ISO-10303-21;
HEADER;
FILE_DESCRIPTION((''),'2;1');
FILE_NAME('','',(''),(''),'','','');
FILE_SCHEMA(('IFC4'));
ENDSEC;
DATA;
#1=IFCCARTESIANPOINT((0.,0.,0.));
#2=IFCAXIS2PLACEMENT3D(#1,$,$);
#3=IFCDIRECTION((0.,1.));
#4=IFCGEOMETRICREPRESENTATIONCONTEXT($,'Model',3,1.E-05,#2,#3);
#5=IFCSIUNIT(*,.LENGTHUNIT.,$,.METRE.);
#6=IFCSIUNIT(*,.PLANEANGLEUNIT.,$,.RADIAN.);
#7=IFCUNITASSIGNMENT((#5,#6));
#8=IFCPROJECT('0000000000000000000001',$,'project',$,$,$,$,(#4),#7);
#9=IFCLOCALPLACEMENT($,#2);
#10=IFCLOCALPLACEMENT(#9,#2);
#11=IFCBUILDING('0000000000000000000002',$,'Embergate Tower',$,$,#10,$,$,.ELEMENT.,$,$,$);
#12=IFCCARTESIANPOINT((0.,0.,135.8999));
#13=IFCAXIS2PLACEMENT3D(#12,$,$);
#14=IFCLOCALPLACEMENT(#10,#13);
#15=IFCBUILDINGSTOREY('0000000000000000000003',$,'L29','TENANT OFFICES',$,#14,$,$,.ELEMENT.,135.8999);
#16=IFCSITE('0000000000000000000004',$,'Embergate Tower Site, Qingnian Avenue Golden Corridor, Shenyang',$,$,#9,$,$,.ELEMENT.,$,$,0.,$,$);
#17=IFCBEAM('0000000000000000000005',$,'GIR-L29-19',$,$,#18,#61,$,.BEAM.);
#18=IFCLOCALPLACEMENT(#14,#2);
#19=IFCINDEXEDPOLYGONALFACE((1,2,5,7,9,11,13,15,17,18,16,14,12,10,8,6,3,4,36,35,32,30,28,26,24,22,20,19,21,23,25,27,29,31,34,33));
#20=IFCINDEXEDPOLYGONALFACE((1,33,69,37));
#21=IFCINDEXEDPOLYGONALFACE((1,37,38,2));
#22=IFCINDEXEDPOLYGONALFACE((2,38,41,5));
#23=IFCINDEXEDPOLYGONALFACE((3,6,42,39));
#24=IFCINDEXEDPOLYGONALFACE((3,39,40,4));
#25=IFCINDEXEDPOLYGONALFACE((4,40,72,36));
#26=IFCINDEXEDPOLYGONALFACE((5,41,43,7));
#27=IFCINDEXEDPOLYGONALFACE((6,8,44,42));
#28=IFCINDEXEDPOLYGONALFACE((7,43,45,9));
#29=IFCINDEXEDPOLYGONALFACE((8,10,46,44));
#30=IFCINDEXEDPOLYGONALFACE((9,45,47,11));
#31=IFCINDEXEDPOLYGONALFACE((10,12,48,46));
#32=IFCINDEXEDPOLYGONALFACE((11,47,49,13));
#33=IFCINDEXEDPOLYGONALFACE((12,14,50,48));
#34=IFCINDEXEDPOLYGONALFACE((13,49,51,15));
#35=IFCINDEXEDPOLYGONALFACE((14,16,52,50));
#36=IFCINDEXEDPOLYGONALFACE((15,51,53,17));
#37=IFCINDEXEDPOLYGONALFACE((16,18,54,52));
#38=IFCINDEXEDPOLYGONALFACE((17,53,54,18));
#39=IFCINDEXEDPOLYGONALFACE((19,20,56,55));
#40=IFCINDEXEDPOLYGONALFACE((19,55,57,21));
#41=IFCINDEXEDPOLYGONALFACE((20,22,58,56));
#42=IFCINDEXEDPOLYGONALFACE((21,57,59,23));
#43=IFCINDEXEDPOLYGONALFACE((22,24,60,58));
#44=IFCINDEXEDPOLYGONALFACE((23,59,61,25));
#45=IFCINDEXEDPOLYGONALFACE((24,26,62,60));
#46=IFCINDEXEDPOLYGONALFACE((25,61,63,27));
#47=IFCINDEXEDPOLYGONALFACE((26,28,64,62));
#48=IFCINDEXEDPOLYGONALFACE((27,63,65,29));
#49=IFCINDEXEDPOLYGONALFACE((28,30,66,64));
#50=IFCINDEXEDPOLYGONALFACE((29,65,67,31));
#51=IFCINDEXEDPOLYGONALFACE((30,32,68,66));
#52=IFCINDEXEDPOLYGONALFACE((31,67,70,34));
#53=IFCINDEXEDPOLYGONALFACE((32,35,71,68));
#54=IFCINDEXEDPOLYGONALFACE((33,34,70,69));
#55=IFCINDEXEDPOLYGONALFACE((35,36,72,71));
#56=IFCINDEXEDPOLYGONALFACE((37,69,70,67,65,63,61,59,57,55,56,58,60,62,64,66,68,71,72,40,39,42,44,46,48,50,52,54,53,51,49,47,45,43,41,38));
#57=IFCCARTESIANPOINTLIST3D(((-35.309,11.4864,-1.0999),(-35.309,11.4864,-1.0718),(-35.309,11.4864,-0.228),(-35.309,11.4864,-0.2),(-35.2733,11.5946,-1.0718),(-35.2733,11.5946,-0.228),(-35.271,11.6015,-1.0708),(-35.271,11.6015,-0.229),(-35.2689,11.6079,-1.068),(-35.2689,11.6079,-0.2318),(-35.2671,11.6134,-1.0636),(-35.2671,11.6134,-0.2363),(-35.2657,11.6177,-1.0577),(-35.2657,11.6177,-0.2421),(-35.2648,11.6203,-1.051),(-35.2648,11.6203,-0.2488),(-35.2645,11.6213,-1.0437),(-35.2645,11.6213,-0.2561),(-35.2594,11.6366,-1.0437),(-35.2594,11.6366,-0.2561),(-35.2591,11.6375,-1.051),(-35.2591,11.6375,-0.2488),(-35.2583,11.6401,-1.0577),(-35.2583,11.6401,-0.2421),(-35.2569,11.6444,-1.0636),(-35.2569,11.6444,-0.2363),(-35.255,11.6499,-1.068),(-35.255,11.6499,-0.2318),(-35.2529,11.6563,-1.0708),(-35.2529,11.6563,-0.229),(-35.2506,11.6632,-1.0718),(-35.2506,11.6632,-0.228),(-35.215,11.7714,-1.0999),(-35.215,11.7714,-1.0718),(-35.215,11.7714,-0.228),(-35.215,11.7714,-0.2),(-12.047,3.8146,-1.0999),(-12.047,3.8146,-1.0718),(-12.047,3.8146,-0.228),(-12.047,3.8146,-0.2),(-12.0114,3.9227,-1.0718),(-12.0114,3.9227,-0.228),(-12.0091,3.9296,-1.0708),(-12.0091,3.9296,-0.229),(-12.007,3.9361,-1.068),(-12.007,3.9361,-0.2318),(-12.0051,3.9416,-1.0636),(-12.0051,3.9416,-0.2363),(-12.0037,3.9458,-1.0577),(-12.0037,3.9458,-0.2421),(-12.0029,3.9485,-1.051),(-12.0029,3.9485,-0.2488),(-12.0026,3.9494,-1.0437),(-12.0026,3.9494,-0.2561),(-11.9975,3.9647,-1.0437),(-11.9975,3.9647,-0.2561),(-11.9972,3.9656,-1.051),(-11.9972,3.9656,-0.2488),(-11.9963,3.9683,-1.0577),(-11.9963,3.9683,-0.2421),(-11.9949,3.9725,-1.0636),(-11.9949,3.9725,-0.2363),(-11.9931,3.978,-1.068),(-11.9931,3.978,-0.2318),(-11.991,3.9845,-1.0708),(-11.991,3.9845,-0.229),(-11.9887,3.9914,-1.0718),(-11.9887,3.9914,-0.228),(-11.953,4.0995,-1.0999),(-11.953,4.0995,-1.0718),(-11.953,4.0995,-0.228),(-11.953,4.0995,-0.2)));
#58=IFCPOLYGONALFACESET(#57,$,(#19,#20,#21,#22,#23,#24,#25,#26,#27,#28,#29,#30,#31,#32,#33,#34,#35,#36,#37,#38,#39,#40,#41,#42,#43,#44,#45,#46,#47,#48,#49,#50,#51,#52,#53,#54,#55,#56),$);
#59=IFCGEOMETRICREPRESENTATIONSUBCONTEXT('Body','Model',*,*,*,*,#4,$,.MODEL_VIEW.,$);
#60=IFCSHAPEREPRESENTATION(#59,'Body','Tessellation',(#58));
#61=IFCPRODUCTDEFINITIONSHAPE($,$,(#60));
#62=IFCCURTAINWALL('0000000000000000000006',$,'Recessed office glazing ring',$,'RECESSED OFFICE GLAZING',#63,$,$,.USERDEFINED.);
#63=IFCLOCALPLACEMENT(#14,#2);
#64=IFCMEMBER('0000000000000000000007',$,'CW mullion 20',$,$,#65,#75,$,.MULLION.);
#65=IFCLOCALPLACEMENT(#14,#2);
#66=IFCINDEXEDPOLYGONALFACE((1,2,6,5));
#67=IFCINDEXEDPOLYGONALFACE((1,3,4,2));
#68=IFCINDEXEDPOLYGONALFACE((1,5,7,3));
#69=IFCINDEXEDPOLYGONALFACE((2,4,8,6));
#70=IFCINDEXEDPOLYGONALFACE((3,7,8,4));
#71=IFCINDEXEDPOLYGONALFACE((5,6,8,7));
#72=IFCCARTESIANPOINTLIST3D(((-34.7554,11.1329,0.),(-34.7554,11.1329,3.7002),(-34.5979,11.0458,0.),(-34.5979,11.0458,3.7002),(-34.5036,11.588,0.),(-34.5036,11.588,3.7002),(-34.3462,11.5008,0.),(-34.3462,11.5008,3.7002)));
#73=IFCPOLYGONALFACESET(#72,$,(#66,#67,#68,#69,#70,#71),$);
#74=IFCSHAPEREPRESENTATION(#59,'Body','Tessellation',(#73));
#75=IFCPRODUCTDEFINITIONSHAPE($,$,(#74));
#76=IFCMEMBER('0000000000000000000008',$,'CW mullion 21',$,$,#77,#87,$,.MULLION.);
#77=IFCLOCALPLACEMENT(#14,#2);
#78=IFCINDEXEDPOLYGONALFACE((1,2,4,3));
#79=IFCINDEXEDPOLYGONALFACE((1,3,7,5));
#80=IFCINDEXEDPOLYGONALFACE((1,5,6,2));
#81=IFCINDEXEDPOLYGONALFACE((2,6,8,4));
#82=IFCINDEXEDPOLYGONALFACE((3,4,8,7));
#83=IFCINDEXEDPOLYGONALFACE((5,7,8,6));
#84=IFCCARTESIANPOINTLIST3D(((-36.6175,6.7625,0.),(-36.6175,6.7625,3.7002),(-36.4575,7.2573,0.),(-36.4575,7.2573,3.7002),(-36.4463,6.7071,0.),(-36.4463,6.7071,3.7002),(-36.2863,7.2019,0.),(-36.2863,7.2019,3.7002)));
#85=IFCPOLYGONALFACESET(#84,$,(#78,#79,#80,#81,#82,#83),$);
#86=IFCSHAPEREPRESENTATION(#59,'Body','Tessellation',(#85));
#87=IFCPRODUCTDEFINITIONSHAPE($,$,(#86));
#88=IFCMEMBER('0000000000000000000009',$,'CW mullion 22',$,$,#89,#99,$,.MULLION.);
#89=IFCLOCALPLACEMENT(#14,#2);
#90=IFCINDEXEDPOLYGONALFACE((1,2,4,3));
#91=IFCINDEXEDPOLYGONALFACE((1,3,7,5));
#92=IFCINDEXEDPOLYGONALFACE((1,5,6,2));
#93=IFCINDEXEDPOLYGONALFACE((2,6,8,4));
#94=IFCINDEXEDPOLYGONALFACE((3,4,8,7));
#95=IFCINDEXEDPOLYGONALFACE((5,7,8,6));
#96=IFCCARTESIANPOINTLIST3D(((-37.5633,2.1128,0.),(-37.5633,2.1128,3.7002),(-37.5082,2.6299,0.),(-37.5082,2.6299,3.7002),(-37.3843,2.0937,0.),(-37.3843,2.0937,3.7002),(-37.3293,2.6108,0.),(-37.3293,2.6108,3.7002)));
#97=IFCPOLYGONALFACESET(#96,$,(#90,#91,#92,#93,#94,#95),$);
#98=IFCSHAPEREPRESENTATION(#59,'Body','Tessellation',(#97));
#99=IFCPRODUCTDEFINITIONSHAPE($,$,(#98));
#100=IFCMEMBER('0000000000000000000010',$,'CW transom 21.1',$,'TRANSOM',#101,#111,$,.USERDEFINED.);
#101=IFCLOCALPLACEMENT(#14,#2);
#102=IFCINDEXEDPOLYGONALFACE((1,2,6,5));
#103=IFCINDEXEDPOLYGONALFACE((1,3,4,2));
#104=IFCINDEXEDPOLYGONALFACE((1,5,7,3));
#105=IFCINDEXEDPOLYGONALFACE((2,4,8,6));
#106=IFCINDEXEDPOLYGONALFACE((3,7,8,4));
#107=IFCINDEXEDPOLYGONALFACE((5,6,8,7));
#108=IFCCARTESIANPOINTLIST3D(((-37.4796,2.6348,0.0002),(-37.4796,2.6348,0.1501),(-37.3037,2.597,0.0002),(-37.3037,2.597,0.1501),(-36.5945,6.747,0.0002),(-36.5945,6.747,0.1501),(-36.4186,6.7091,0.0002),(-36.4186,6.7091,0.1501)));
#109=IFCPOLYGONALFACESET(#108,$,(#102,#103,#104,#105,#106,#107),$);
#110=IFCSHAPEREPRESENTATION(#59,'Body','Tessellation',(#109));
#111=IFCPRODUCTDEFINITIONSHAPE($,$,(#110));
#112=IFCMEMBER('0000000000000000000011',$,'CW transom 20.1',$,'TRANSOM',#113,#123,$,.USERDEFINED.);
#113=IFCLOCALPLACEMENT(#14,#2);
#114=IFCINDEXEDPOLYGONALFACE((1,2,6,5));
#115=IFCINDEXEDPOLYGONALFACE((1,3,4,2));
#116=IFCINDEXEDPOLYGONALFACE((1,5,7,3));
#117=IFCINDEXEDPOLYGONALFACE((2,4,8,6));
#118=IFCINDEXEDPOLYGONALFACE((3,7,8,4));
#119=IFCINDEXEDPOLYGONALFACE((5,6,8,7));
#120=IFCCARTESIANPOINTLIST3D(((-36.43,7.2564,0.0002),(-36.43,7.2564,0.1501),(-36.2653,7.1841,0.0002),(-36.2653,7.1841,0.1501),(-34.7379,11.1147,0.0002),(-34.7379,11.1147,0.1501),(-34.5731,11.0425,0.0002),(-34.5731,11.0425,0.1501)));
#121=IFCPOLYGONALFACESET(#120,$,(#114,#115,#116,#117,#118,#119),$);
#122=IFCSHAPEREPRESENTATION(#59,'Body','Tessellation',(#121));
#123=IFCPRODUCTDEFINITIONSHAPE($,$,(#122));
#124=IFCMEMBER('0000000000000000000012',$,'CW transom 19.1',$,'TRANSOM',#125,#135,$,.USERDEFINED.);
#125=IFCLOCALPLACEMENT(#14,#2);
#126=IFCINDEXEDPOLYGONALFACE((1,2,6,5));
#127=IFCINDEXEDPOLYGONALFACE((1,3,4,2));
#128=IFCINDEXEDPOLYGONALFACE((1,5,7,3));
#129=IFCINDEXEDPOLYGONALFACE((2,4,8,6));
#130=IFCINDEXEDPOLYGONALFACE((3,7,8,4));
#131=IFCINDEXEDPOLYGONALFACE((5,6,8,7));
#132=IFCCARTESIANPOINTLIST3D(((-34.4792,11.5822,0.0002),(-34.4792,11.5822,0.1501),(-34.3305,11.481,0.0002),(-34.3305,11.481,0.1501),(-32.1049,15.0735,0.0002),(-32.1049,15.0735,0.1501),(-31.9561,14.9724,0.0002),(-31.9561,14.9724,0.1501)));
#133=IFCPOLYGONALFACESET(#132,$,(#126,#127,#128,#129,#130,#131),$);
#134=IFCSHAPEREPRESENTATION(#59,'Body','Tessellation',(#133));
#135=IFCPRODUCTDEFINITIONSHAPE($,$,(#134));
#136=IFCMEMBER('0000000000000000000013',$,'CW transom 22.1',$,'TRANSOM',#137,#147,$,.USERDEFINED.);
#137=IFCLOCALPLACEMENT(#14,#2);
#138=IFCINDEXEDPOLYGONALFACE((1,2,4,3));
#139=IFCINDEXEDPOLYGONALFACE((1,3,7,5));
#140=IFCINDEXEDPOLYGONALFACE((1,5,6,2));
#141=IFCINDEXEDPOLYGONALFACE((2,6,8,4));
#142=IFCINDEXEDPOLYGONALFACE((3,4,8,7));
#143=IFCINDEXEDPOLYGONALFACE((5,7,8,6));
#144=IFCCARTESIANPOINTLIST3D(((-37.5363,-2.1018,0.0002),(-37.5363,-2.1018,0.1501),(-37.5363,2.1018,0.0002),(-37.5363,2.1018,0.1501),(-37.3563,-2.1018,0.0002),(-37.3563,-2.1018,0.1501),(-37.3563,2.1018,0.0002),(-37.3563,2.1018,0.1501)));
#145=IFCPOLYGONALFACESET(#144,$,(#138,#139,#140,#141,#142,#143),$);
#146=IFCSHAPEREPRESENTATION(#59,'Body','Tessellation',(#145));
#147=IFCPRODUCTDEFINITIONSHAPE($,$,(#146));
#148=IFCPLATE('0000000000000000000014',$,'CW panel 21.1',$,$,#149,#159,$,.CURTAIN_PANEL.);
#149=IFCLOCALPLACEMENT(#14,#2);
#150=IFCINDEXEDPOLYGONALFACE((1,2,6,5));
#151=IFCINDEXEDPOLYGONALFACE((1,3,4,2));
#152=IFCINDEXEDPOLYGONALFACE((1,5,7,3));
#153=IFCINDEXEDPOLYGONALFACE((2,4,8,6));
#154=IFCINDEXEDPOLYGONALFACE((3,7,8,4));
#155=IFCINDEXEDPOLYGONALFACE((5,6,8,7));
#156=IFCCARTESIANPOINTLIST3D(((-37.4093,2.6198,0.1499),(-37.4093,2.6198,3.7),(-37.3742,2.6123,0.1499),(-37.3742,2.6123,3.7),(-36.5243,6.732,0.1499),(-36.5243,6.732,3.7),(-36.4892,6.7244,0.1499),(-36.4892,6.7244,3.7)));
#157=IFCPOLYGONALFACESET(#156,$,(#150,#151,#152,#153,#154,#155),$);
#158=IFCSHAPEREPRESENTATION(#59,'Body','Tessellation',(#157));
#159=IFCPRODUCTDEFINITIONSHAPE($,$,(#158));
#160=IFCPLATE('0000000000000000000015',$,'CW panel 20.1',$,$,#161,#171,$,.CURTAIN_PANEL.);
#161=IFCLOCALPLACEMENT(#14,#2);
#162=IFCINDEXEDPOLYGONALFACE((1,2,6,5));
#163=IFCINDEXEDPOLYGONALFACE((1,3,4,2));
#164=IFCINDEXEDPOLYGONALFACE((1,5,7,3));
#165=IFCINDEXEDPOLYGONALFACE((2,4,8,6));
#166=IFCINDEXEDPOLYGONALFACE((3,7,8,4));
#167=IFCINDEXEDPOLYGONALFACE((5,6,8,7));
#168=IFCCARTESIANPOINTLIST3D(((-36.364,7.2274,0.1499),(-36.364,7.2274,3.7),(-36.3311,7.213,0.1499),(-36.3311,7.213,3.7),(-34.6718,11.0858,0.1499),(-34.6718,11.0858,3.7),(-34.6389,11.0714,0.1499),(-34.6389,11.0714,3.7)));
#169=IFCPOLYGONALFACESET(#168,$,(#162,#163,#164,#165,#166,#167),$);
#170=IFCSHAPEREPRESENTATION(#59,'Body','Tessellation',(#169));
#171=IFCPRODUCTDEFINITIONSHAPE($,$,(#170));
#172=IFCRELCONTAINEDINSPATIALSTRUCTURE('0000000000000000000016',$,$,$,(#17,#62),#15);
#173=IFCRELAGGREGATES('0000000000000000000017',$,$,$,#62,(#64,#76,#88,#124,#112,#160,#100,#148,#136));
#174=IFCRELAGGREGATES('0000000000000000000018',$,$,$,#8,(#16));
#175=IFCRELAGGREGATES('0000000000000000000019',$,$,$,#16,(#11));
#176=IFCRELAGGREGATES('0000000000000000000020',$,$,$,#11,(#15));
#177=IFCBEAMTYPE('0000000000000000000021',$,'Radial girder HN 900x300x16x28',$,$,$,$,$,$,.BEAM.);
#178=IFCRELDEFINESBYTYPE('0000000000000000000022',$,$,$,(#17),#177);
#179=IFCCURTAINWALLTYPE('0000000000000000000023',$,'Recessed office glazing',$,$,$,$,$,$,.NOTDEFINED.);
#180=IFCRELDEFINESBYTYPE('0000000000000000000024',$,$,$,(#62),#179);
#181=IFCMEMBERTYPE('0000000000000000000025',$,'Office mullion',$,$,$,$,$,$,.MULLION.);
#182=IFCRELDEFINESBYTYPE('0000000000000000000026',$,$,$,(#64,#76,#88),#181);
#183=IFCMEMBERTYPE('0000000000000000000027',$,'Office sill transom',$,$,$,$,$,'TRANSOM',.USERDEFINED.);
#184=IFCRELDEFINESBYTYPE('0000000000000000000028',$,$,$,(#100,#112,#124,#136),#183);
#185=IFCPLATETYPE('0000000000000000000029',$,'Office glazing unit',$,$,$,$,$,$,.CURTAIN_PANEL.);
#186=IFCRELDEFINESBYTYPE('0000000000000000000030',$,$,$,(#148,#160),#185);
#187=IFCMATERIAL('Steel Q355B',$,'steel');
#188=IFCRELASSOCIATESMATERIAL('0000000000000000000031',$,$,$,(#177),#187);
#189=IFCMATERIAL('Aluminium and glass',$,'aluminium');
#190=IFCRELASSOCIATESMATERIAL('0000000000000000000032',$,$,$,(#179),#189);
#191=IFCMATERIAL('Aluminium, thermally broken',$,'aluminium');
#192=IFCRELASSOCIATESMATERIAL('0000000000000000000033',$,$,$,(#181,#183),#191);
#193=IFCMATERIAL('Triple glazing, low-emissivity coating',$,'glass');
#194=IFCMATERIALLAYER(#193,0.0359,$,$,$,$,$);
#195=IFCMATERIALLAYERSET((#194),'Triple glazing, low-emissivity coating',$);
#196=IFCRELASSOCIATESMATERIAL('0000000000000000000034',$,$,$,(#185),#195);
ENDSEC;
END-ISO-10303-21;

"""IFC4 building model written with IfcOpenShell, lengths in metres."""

from ifc_helpers import new_model, si_unit, direction, frame, origin, origin_2d, place, context, subcontext, project, spatial, rectangle, i_section, extrude, source, transform, mapped, material, layer, layer_set, material_profile, profile_set, type_object, element, aggregate, save


model = new_model("IFC4")

# Units and contexts
model_context = context("Model", 3, precision=1e-05, world=origin(), true_north=direction((0.0, 1.0)))
body_context = subcontext(model_context, "Body", "Model", "MODEL_VIEW")
ifc_project = project(units=[si_unit("LENGTHUNIT", "METRE"), si_unit("PLANEANGLEUNIT", "RADIAN")], contexts=[model_context])

# Site, building, storey
site_placement = place(None, origin())
site = spatial("IfcSite", under=ifc_project, at=site_placement, Name="Embergate Tower Site, Qingnian Avenue Golden Corridor, Shenyang", CompositionType="ELEMENT", RefElevation=0.0)
building_placement = place(site_placement, origin())
building = spatial("IfcBuilding", under=site, at=building_placement, Name="Embergate Tower", CompositionType="ELEMENT")
storey_placement = place(building_placement, frame((0.0, 0.0, 135.8999)))
storey = spatial("IfcBuildingStorey", under=building, at=storey_placement, Name="L29", Description="TENANT OFFICES", CompositionType="ELEMENT", Elevation=135.8999)

# Beam
ifc_material_1 = material(Name="Steel Q355B", Category="steel")
ifc_material_profile_1 = material_profile(ifc_material_1, i_section(OverallWidth=0.3, OverallDepth=0.8999, WebThickness=0.0161, FlangeThickness=0.0281, FilletRadius=0.0281, at=origin_2d()), Name="HN 900x300x16x28")
ifc_profile_set_1 = profile_set([ifc_material_profile_1], Name="Steel Q355 grade B")
beam_type_1 = type_object("IfcBeamType", Name="Radial girder HN 900x300x16x28", PredefinedType="BEAM", material=ifc_profile_set_1)
shared_shape_1 = source(origin(), body_context, "Body", "SweptSolid", [
    extrude(i_section(OverallWidth=0.3, OverallDepth=0.8999, WebThickness=0.0161, FlangeThickness=0.0281, FilletRadius=0.0281, at=origin_2d()), origin(), (0.0, 0.0, 1.0), 24.4944),
])
beam_1_placement = place(storey_placement, frame((-35.262, 11.6289, -0.6499), z_axis=(0.949684, -0.313209, 0.0), x_axis=(0.313209, 0.949684, 0.0)))
element("IfcBeam", 1, at=beam_1_placement, inside=storey, type_object=beam_type_1, Name="GIR-L29-19", PredefinedType="BEAM", context=body_context, shape_type="MappedRepresentation", body=[
    mapped(shared_shape_1, transform((0.0, 0.0, 0.0))),
])

# Curtain wall, members, plates
ifc_material_2 = material(Name="Aluminium and glass", Category="aluminium")
curtain_wall_type = type_object("IfcCurtainWallType", Name="Recessed office glazing", PredefinedType="NOTDEFINED", material=ifc_material_2)
curtain_wall_placement = place(storey_placement, origin())
curtain_wall = element("IfcCurtainWall", 2, at=curtain_wall_placement, inside=storey, type_object=curtain_wall_type, Name="Recessed office glazing ring", ObjectType="RECESSED OFFICE GLAZING", PredefinedType="USERDEFINED")
ifc_material_3 = material(Name="Aluminium, thermally broken", Category="aluminium")
ifc_material_profile_2 = material_profile(ifc_material_3, rectangle(XDim=0.1799, YDim=0.52, at=origin_2d()), Name="AL 520x180")
ifc_profile_set_2 = profile_set([ifc_material_profile_2], Name="Aluminium, thermally broken")
member_type_1 = type_object("IfcMemberType", Name="Office mullion", PredefinedType="MULLION", material=ifc_profile_set_2)
shared_shape_2 = source(origin(), body_context, "Body", "SweptSolid", [
    extrude(rectangle(XDim=0.1799, YDim=0.52, at=origin_2d()), origin(), (0.0, 0.0, 1.0), 3.7002),
])
member_1_placement = place(storey_placement, frame((-34.5508, 11.3169, 0.0), z_axis=(0.0, 0.0, 1.0), x_axis=(0.875002, -0.484119, 0.0)))
member_1 = element("IfcMember", 3, at=member_1_placement, type_object=member_type_1, Name="CW mullion 20", PredefinedType="MULLION", context=body_context, shape_type="MappedRepresentation", body=[
    mapped(shared_shape_2, transform((0.0, 0.0, 0.0))),
])
member_2_placement = place(storey_placement, frame((-36.4519, 6.9822, 0.0), z_axis=(0.0, 0.0, 1.0), x_axis=(0.951498, -0.307656, 0.0)))
member_2 = element("IfcMember", 4, at=member_2_placement, type_object=member_type_1, Name="CW mullion 21", PredefinedType="MULLION", context=body_context, shape_type="MappedRepresentation", body=[
    mapped(shared_shape_2, transform((0.0, 0.0, 0.0))),
])
member_3_placement = place(storey_placement, frame((-37.4463, 2.3618, 0.0), z_axis=(0.0, 0.0, 1.0), x_axis=(0.994385, -0.105823, 0.0)))
member_3 = element("IfcMember", 5, at=member_3_placement, type_object=member_type_1, Name="CW mullion 22", PredefinedType="MULLION", context=body_context, shape_type="MappedRepresentation", body=[
    mapped(shared_shape_2, transform((0.0, 0.0, 0.0))),
])
ifc_material_profile_3 = material_profile(ifc_material_3, rectangle(XDim=0.1799, YDim=0.1499, at=origin_2d()), Name="AL 150x180")
ifc_profile_set_3 = profile_set([ifc_material_profile_3], Name="Aluminium, thermally broken")
member_type_2 = type_object("IfcMemberType", Name="Office sill transom", ElementType="TRANSOM", PredefinedType="USERDEFINED", material=ifc_profile_set_3)
shared_shape_3 = source(origin(), body_context, "Body", "SweptSolid", [
    extrude(rectangle(XDim=0.1799, YDim=0.1499, at=origin_2d()), origin(), (0.0, 0.0, 1.0), 4.2063),
])
member_4_placement = place(storey_placement, frame((-36.5066, 6.728, 0.0752), z_axis=(-0.210405, -0.977614, 0.0), x_axis=(0.977614, -0.210405, 0.0)))
member_4 = element("IfcMember", 6, at=member_4_placement, type_object=member_type_2, Name="CW transom 21.1", ObjectType="TRANSOM", PredefinedType="USERDEFINED", context=body_context, shape_type="MappedRepresentation", body=[
    mapped(shared_shape_3, transform((0.0, 0.0, 0.0))),
])
shared_shape_4 = source(origin(), body_context, "Body", "SweptSolid", [
    extrude(rectangle(XDim=0.1799, YDim=0.1499, at=origin_2d()), origin(), (0.0, 0.0, 1.0), 4.2131),
])
member_5_placement = place(storey_placement, frame((-34.6555, 11.0786, 0.0752), z_axis=(-0.401633, -0.915801, 0.0), x_axis=(0.915801, -0.401633, 0.0)))
member_5 = element("IfcMember", 7, at=member_5_placement, type_object=member_type_2, Name="CW transom 20.1", ObjectType="TRANSOM", PredefinedType="USERDEFINED", context=body_context, shape_type="MappedRepresentation", body=[
    mapped(shared_shape_4, transform((0.0, 0.0, 0.0))),
])
shared_shape_5 = source(origin(), body_context, "Body", "SweptSolid", [
    extrude(rectangle(XDim=0.1799, YDim=0.1499, at=origin_2d()), origin(), (0.0, 0.0, 1.0), 4.2222),
])
member_6_placement = place(storey_placement, frame((-32.0305, 15.0229, 0.0752), z_axis=(-0.56235, -0.8269, 0.0), x_axis=(0.8269, -0.56235, 0.0)))
member_6 = element("IfcMember", 8, at=member_6_placement, type_object=member_type_2, Name="CW transom 19.1", ObjectType="TRANSOM", PredefinedType="USERDEFINED", context=body_context, shape_type="MappedRepresentation", body=[
    mapped(shared_shape_5, transform((0.0, 0.0, 0.0))),
])
shared_shape_6 = source(origin(), body_context, "Body", "SweptSolid", [
    extrude(rectangle(XDim=0.1799, YDim=0.1499, at=origin_2d()), origin(), (0.0, 0.0, 1.0), 4.2036),
])
member_7_placement = place(storey_placement, frame((-37.4463, 2.1018, 0.0752), z_axis=(0.0, -1.0, 0.0), x_axis=(1.0, 0.0, 0.0)))
member_7 = element("IfcMember", 9, at=member_7_placement, type_object=member_type_2, Name="CW transom 22.1", ObjectType="TRANSOM", PredefinedType="USERDEFINED", context=body_context, shape_type="MappedRepresentation", body=[
    mapped(shared_shape_6, transform((0.0, 0.0, 0.0))),
])
ifc_material_4 = material(Name="Triple glazing, low-emissivity coating", Category="glass")
ifc_layer_1 = layer(ifc_material_4, 0.0359)
ifc_layer_set_1 = layer_set([ifc_layer_1], Name="Triple glazing, low-emissivity coating")
plate_type = type_object("IfcPlateType", Name="Office glazing unit", PredefinedType="CURTAIN_PANEL", material=ifc_layer_set_1)
shared_shape_7 = source(origin(), body_context, "Body", "SweptSolid", [
    extrude(rectangle(XDim=4.2063, YDim=0.0359, at=origin_2d()), origin(), (0.0, 0.0, 1.0), 3.55),
])
plate_1_placement = place(storey_placement, frame((-36.9492, 4.6721, 0.1499), z_axis=(0.0, 0.0, 1.0), x_axis=(-0.210398, -0.977616, 0.0)))
plate_1 = element("IfcPlate", 10, at=plate_1_placement, type_object=plate_type, Name="CW panel 21.1", PredefinedType="CURTAIN_PANEL", context=body_context, shape_type="MappedRepresentation", body=[
    mapped(shared_shape_7, transform((0.0, 0.0, 0.0))),
])
shared_shape_8 = source(origin(), body_context, "Body", "SweptSolid", [
    extrude(rectangle(XDim=4.2131, YDim=0.0359, at=origin_2d()), origin(), (0.0, 0.0, 1.0), 3.55),
])
plate_2_placement = place(storey_placement, frame((-35.5015, 9.1494, 0.1499), z_axis=(0.0, 0.0, 1.0), x_axis=(-0.401655, -0.915791, 0.0)))
plate_2 = element("IfcPlate", 11, at=plate_2_placement, type_object=plate_type, Name="CW panel 20.1", PredefinedType="CURTAIN_PANEL", context=body_context, shape_type="MappedRepresentation", body=[
    mapped(shared_shape_8, transform((0.0, 0.0, 0.0))),
])
aggregate(curtain_wall, [member_1, member_2, member_3, member_6, member_5, plate_2, member_4, plate_1, member_7])

save(model, "model.ifc")
